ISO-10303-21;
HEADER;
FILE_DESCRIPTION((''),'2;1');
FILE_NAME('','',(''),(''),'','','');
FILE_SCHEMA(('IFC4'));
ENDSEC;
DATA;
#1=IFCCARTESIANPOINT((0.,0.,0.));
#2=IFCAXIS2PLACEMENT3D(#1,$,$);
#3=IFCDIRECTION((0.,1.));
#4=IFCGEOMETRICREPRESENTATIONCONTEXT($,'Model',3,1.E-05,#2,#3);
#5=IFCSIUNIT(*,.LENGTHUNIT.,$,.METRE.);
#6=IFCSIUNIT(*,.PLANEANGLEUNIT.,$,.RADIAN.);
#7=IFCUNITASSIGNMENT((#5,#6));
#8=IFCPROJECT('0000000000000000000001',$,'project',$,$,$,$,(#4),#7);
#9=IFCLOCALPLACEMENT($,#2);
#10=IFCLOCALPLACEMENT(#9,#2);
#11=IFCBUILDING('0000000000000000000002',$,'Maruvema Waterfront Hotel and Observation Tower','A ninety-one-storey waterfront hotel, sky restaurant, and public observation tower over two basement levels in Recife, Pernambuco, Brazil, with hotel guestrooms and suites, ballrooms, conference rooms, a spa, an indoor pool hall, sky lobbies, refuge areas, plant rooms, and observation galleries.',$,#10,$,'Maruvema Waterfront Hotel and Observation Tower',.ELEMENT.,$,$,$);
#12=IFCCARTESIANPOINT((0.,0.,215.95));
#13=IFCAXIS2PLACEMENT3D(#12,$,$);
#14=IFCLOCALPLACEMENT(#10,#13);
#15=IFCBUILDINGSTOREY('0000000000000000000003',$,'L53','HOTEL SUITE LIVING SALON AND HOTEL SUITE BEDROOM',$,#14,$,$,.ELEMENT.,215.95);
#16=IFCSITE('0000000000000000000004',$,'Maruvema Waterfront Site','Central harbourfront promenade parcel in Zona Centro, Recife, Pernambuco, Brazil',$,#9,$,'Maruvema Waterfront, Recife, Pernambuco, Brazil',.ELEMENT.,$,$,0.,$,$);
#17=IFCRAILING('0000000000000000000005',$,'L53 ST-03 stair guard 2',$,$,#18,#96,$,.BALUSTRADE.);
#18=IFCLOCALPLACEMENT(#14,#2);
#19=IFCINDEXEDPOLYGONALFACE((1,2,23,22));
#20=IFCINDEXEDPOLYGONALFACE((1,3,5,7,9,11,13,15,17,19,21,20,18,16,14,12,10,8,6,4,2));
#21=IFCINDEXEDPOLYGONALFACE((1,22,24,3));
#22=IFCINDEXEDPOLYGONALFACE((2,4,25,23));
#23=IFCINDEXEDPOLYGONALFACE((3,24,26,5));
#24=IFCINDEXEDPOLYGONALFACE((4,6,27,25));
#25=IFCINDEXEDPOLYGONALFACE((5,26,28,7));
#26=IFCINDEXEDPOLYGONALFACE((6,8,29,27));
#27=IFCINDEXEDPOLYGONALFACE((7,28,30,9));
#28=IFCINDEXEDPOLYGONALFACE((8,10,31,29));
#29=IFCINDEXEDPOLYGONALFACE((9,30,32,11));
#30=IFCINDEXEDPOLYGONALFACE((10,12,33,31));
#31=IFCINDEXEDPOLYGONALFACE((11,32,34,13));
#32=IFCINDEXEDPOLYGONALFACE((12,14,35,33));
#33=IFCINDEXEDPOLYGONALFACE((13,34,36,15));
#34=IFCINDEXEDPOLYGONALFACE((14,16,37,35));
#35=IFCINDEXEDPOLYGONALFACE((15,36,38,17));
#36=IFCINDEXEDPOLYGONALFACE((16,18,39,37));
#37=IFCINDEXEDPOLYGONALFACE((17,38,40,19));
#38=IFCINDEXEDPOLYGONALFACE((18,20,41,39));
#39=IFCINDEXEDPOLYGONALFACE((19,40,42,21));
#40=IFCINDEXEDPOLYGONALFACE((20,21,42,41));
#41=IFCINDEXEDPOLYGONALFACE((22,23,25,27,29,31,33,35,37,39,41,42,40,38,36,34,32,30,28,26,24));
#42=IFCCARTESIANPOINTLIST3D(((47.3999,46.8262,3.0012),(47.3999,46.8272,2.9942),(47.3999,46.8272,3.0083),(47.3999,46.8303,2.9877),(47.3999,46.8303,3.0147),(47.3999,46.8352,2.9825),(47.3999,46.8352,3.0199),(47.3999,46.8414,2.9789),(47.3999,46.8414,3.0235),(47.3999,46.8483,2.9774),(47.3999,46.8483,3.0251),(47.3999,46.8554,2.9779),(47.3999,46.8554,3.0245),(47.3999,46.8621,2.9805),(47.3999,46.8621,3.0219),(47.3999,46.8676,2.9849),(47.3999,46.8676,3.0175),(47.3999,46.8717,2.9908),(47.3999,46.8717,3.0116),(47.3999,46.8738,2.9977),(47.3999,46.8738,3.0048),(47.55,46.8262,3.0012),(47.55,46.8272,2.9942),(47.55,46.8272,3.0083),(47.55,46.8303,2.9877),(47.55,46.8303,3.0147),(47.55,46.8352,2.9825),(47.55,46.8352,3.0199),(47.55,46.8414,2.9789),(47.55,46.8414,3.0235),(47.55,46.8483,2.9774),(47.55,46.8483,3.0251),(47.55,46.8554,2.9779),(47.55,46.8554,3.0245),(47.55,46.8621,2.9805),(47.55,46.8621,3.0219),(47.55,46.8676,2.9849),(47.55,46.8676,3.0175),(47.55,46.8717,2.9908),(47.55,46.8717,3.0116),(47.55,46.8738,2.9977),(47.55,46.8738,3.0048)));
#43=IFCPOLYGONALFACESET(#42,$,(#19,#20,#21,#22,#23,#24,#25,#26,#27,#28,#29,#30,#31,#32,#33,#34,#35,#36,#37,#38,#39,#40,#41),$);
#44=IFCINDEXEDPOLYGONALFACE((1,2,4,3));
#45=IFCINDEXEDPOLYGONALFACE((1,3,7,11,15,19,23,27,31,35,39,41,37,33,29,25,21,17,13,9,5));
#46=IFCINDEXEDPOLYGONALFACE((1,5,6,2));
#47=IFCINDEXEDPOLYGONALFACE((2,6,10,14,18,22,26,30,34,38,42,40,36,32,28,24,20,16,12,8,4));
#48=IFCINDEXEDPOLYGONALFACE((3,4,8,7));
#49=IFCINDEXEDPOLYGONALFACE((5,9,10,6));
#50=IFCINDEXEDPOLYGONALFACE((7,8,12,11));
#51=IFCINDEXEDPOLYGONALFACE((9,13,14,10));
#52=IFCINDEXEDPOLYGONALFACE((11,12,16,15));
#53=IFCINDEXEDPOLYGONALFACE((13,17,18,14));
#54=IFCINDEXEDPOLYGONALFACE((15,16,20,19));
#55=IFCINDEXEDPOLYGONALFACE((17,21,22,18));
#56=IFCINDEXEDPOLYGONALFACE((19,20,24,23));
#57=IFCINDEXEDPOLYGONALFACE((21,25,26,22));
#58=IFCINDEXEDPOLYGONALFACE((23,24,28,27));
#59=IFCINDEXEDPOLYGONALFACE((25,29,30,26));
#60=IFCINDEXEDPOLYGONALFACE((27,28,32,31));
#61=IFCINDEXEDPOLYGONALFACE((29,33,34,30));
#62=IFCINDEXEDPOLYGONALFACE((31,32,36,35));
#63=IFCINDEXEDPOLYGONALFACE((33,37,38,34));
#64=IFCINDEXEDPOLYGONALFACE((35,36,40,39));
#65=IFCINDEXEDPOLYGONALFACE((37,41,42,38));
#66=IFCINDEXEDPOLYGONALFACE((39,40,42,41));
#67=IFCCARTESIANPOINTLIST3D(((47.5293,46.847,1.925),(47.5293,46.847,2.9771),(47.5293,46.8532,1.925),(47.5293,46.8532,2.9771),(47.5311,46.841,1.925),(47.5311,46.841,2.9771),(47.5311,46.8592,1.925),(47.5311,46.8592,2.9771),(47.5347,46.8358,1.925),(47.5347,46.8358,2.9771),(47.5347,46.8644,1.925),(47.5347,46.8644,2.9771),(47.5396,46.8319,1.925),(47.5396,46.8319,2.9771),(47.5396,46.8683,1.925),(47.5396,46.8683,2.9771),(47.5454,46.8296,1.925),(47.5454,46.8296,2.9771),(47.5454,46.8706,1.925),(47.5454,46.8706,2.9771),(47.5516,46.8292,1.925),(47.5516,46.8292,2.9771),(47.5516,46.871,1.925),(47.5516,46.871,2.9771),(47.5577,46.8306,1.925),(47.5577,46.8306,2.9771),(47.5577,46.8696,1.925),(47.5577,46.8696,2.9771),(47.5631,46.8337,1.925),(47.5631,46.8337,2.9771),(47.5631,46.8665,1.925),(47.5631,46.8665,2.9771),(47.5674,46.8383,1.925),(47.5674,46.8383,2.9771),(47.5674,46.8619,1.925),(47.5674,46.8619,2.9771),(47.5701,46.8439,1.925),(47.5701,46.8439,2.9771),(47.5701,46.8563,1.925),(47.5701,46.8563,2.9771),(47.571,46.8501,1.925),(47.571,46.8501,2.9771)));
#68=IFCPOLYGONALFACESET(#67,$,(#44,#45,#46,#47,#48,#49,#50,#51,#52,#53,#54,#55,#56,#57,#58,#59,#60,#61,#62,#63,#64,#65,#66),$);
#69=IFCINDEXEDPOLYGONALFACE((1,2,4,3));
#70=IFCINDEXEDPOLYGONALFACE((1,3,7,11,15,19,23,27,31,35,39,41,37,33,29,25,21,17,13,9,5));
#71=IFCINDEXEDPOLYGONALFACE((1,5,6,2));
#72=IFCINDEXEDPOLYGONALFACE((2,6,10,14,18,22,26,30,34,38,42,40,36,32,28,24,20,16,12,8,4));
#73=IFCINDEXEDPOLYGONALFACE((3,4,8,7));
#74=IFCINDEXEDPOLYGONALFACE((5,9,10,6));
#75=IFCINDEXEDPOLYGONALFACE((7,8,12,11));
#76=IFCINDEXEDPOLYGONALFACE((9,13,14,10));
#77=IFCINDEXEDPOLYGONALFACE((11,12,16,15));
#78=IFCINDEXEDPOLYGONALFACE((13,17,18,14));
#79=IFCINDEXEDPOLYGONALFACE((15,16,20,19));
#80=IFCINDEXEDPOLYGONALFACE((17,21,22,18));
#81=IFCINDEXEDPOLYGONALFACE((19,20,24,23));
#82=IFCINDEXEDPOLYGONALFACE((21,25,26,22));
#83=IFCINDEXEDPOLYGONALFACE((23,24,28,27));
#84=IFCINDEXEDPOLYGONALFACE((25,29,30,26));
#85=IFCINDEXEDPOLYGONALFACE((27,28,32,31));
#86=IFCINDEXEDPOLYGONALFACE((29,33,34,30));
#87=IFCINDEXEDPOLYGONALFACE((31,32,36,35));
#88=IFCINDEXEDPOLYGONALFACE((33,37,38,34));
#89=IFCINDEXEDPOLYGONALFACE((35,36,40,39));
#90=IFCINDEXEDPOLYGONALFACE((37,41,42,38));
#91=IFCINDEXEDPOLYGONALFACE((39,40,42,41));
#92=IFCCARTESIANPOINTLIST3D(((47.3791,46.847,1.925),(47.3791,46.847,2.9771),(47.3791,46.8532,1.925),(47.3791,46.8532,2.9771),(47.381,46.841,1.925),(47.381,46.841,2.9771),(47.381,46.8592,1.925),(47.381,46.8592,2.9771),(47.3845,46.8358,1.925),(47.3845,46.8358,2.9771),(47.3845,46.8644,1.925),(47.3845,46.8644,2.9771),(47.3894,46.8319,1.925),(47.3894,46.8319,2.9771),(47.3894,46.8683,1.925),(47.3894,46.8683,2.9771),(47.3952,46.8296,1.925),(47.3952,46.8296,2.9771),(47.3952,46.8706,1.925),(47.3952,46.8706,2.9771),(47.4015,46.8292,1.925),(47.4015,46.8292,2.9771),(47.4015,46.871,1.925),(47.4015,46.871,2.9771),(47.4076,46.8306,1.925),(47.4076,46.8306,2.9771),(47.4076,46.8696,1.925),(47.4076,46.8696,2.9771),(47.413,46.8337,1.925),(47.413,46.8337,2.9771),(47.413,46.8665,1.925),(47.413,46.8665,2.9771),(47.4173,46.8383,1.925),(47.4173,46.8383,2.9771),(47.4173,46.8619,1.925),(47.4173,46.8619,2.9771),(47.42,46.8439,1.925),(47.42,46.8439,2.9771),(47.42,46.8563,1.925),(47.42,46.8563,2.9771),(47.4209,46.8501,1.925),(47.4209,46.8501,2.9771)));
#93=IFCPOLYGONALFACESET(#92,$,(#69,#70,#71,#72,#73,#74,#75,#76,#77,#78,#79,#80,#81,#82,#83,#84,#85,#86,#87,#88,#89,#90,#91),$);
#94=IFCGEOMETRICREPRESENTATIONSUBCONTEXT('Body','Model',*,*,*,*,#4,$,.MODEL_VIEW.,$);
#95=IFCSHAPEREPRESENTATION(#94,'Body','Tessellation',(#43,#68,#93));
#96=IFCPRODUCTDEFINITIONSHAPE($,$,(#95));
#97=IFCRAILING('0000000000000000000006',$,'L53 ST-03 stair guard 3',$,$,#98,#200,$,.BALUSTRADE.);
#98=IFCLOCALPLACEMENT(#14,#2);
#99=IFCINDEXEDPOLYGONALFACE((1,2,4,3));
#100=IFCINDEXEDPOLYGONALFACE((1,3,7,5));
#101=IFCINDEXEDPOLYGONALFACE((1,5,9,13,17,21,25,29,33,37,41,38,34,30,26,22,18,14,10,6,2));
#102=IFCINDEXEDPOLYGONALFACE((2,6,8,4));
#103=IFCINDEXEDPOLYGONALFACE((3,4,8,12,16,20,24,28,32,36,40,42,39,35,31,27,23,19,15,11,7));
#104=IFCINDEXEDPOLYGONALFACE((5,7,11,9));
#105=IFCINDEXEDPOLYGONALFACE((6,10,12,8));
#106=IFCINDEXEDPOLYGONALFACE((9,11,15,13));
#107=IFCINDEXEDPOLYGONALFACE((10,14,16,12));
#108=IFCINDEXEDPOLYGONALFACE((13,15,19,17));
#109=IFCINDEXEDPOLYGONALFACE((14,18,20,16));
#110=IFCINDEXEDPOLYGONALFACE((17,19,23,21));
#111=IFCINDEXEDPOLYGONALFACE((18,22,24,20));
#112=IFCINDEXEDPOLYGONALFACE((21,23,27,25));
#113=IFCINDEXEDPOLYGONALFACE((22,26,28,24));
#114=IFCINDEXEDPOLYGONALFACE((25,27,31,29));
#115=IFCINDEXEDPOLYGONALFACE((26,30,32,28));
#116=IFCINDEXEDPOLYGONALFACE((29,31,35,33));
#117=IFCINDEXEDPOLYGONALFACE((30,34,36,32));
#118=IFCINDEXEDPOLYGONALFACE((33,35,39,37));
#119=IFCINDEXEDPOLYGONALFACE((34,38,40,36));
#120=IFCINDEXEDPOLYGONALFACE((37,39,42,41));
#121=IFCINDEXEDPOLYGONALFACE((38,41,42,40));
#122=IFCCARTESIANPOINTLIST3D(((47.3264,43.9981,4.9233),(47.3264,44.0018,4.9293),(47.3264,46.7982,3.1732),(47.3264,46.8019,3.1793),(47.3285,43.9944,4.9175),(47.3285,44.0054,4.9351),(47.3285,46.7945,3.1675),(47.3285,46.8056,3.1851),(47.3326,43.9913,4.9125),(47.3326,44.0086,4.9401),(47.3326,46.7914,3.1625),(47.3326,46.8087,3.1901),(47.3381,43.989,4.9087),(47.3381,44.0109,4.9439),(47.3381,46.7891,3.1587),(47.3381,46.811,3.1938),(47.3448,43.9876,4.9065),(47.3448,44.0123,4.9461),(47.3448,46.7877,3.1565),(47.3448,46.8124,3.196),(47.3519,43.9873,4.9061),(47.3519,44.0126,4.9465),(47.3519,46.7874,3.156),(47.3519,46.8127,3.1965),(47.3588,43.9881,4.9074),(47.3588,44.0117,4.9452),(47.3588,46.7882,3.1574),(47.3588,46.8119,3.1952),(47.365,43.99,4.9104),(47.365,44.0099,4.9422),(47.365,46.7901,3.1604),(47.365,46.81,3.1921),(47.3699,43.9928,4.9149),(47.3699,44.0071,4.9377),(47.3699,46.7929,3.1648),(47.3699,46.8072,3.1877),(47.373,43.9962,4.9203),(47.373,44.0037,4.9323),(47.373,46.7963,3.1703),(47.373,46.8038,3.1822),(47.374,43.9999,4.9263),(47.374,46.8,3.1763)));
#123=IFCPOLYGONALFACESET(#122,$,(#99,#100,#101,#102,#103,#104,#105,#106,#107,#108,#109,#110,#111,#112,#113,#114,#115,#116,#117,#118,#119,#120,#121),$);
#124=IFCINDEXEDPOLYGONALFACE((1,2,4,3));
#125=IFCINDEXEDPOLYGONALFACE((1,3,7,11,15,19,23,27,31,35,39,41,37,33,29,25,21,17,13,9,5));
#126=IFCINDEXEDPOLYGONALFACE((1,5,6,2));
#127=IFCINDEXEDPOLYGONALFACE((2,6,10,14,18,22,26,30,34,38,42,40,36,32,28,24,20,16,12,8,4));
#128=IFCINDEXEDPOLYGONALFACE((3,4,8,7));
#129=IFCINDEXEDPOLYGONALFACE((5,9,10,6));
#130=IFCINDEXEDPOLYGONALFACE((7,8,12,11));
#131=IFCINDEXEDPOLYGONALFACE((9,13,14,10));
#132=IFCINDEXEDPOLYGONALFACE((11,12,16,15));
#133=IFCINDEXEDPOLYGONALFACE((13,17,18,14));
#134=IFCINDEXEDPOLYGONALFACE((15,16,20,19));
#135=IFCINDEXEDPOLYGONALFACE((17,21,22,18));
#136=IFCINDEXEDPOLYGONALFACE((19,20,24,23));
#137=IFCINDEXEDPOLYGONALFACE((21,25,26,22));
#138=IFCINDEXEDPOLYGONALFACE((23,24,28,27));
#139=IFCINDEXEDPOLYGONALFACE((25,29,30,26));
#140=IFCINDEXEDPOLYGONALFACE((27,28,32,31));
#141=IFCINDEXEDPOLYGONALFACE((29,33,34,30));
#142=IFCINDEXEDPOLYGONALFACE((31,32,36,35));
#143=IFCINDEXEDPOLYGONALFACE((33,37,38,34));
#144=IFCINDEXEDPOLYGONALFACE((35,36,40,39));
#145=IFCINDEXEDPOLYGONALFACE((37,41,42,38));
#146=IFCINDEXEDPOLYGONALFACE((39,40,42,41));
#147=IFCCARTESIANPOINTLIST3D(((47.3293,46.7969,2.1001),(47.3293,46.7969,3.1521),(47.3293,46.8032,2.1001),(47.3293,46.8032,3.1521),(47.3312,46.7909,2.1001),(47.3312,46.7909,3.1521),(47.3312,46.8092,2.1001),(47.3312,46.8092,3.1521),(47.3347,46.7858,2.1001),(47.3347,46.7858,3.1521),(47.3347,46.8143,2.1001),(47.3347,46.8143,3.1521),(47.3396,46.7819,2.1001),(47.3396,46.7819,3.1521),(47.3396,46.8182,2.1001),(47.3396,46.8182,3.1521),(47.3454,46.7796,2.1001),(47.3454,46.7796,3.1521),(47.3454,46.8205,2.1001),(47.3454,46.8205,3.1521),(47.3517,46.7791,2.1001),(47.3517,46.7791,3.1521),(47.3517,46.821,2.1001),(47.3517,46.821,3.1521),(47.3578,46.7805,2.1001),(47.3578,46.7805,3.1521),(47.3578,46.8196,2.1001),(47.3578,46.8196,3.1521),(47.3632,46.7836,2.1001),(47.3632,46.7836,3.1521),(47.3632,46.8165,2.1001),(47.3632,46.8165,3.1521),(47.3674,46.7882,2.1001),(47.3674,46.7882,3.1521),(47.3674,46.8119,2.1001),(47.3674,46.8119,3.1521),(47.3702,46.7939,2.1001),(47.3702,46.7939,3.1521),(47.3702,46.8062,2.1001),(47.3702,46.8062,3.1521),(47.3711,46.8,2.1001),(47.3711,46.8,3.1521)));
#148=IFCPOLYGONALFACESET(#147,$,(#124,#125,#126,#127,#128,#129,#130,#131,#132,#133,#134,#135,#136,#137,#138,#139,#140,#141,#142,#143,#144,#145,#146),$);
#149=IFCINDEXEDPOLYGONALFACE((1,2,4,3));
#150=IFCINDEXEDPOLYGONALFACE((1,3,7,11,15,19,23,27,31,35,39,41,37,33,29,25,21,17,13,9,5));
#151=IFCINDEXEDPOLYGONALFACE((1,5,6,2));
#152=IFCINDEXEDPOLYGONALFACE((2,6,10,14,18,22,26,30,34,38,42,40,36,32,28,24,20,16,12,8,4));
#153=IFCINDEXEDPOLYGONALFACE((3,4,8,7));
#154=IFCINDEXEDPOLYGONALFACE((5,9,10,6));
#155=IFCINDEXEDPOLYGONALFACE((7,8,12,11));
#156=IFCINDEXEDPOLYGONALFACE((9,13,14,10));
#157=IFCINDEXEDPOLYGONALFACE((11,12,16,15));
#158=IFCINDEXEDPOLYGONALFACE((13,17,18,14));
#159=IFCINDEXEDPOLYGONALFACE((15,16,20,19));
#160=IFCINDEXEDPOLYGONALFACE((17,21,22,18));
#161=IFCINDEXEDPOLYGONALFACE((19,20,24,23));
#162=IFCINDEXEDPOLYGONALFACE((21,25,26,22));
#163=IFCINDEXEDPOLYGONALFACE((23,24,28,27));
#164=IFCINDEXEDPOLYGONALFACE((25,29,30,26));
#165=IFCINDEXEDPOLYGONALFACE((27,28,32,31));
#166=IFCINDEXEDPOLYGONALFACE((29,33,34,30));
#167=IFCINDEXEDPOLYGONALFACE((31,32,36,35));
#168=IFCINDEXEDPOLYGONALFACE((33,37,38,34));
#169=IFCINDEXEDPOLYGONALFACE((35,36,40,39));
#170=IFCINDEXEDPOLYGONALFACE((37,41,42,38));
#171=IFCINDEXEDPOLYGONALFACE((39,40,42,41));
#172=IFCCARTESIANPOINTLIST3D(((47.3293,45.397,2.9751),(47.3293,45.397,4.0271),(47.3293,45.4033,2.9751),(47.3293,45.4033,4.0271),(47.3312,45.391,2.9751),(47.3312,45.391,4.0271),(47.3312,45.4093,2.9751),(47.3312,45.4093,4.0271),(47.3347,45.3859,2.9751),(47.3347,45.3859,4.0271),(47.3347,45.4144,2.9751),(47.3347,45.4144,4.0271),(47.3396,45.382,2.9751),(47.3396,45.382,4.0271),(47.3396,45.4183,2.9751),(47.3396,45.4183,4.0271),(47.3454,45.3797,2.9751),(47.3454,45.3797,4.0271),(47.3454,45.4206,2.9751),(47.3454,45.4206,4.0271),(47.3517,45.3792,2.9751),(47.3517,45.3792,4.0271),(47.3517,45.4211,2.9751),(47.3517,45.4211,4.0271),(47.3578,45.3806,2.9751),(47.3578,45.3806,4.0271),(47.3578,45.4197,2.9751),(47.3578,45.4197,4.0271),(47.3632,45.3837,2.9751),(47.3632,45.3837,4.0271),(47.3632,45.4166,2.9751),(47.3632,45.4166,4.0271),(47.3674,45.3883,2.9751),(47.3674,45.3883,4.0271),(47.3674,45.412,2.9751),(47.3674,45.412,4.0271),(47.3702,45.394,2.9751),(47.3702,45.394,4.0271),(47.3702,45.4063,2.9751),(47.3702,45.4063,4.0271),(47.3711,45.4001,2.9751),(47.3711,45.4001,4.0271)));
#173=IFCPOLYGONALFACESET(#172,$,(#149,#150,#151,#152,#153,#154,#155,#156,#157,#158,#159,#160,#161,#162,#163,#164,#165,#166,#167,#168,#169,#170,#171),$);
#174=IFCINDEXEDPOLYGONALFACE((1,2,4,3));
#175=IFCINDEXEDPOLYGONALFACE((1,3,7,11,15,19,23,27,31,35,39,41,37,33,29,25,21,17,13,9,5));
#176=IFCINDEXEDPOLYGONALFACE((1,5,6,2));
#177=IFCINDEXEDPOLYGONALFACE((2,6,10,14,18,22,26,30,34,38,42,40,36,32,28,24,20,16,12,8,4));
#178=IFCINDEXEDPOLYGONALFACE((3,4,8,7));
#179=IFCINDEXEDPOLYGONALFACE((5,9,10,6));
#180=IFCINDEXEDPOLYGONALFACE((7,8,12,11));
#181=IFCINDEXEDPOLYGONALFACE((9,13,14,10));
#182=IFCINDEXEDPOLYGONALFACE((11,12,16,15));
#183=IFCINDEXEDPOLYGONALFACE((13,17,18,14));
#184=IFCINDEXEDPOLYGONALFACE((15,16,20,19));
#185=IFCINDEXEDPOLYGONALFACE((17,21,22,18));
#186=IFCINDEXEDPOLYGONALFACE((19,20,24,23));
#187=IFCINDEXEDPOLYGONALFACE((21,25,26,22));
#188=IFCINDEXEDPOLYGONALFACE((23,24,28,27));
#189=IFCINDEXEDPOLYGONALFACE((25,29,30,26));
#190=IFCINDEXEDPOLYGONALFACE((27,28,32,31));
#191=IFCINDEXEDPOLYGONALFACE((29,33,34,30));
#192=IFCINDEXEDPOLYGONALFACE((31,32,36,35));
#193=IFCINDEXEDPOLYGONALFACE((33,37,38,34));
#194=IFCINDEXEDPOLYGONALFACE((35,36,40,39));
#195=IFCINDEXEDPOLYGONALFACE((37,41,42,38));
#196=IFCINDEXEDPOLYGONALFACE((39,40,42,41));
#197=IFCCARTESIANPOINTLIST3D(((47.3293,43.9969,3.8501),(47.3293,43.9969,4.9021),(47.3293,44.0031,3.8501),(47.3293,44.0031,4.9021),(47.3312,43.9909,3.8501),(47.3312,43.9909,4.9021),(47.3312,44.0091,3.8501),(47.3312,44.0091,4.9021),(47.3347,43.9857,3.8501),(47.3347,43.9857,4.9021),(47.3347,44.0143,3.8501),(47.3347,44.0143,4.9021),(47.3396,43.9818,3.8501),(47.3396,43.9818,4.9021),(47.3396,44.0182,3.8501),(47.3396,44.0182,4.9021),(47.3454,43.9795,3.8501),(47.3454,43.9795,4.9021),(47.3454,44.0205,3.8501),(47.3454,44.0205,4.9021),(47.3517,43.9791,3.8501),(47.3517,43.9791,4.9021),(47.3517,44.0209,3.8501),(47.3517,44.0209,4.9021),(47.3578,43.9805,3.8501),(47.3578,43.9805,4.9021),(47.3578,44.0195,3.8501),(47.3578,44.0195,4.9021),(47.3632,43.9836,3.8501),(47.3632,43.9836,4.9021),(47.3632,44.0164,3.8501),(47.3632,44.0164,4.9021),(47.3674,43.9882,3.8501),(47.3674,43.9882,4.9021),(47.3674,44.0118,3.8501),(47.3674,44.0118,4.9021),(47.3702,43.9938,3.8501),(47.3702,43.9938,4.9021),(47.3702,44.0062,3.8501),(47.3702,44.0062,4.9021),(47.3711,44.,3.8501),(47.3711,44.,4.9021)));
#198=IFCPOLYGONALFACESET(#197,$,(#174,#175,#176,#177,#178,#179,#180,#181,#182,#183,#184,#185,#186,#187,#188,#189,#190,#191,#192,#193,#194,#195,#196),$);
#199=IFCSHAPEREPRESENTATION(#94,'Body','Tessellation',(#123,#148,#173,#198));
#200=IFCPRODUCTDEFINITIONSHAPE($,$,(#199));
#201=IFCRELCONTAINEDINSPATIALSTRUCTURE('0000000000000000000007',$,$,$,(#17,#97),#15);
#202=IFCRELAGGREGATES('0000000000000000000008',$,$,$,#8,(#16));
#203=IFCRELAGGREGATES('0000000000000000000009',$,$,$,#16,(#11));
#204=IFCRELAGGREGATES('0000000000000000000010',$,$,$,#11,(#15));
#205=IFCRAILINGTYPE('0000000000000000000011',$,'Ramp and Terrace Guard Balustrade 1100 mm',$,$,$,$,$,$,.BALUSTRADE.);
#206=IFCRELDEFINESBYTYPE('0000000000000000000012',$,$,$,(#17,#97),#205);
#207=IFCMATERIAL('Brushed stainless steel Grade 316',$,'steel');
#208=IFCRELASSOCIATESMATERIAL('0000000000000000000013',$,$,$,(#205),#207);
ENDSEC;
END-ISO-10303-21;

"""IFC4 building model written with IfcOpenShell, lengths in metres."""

from ifc_helpers import new_model, si_unit, direction, frame, origin, origin_2d, place, context, subcontext, project, spatial, circle, extrude, material, type_object, element, save


model = new_model("IFC4")

# Units and contexts
model_context = context("Model", 3, precision=1e-05, world=origin(), true_north=direction((0.0, 1.0)))
body_context = subcontext(model_context, "Body", "Model", "MODEL_VIEW")
ifc_project = project(units=[si_unit("LENGTHUNIT", "METRE"), si_unit("PLANEANGLEUNIT", "RADIAN")], contexts=[model_context])

# Site, building, storey
site_placement = place(None, origin())
site = spatial("IfcSite", under=ifc_project, at=site_placement, Name="Maruvema Waterfront Site", Description="Central harbourfront promenade parcel in Zona Centro, Recife, Pernambuco, Brazil", LongName="Maruvema Waterfront, Recife, Pernambuco, Brazil", CompositionType="ELEMENT", RefElevation=0.0)
building_placement = place(site_placement, origin())
building = spatial("IfcBuilding", under=site, at=building_placement, Name="Maruvema Waterfront Hotel and Observation Tower", Description="A ninety-one-storey waterfront hotel, sky restaurant, and public observation tower over two basement levels in Recife, Pernambuco, Brazil, with hotel guestrooms and suites, ballrooms, conference rooms, a spa, an indoor pool hall, sky lobbies, refuge areas, plant rooms, and observation galleries.", LongName="Maruvema Waterfront Hotel and Observation Tower", CompositionType="ELEMENT")
storey_placement = place(building_placement, frame((0.0, 0.0, 215.95)))
storey = spatial("IfcBuildingStorey", under=building, at=storey_placement, Name="L53", Description="HOTEL SUITE LIVING SALON AND HOTEL SUITE BEDROOM", CompositionType="ELEMENT", Elevation=215.95)

# Railings
ifc_material_1 = material(Name="Brushed stainless steel Grade 316", Category="steel")
railing_type_1 = type_object("IfcRailingType", Name="Ramp and Terrace Guard Balustrade 1100 mm", PredefinedType="BALUSTRADE", material=ifc_material_1)
railing_1_placement = place(storey_placement, frame((47.55, 46.8501, 1.925)))
element("IfcRailing", 1, at=railing_1_placement, inside=storey, type_object=railing_type_1, Name="L53 ST-03 stair guard 2", PredefinedType="BALUSTRADE", context=body_context, shape_type="SweptSolid", body=[
    extrude(circle(Radius=0.0239, at=origin_2d()), frame((0.0, 0.0, 1.0762), z_axis=(-1.0, 0.0, 0.0), x_axis=(0.0, -1.0, 0.0)), (0.0, 0.0, 1.0), 0.1501),
    extrude(circle(Radius=0.021, at=origin_2d()), origin(), (0.0, 0.0, 1.0), 1.052),
    extrude(circle(Radius=0.021, at=origin_2d()), frame((-0.1501, 0.0, 0.0)), (0.0, 0.0, 1.0), 1.052),
])
railing_2_placement = place(storey_placement, frame((47.3501, 46.8, 2.1001)))
element("IfcRailing", 2, at=railing_2_placement, inside=storey, type_object=railing_type_1, Name="L53 ST-03 stair guard 3", PredefinedType="BALUSTRADE", context=body_context, shape_type="SweptSolid", body=[
    extrude(circle(Radius=0.0239, at=origin_2d()), frame((0.0, 0.0, 1.0762), z_axis=(0.0, -0.848002, 0.529992), x_axis=(1.0, 0.0, 0.0)), (0.0, 0.0, 1.0), 3.302),
    extrude(circle(Radius=0.021, at=origin_2d()), origin(), (0.0, 0.0, 1.0), 1.052),
    extrude(circle(Radius=0.021, at=origin_2d()), frame((0.0, -1.3999, 0.875)), (0.0, 0.0, 1.0), 1.052),
    extrude(circle(Radius=0.021, at=origin_2d()), frame((0.0, -2.8, 1.75)), (0.0, 0.0, 1.0), 1.052),
])

save(model, "model.ifc")
